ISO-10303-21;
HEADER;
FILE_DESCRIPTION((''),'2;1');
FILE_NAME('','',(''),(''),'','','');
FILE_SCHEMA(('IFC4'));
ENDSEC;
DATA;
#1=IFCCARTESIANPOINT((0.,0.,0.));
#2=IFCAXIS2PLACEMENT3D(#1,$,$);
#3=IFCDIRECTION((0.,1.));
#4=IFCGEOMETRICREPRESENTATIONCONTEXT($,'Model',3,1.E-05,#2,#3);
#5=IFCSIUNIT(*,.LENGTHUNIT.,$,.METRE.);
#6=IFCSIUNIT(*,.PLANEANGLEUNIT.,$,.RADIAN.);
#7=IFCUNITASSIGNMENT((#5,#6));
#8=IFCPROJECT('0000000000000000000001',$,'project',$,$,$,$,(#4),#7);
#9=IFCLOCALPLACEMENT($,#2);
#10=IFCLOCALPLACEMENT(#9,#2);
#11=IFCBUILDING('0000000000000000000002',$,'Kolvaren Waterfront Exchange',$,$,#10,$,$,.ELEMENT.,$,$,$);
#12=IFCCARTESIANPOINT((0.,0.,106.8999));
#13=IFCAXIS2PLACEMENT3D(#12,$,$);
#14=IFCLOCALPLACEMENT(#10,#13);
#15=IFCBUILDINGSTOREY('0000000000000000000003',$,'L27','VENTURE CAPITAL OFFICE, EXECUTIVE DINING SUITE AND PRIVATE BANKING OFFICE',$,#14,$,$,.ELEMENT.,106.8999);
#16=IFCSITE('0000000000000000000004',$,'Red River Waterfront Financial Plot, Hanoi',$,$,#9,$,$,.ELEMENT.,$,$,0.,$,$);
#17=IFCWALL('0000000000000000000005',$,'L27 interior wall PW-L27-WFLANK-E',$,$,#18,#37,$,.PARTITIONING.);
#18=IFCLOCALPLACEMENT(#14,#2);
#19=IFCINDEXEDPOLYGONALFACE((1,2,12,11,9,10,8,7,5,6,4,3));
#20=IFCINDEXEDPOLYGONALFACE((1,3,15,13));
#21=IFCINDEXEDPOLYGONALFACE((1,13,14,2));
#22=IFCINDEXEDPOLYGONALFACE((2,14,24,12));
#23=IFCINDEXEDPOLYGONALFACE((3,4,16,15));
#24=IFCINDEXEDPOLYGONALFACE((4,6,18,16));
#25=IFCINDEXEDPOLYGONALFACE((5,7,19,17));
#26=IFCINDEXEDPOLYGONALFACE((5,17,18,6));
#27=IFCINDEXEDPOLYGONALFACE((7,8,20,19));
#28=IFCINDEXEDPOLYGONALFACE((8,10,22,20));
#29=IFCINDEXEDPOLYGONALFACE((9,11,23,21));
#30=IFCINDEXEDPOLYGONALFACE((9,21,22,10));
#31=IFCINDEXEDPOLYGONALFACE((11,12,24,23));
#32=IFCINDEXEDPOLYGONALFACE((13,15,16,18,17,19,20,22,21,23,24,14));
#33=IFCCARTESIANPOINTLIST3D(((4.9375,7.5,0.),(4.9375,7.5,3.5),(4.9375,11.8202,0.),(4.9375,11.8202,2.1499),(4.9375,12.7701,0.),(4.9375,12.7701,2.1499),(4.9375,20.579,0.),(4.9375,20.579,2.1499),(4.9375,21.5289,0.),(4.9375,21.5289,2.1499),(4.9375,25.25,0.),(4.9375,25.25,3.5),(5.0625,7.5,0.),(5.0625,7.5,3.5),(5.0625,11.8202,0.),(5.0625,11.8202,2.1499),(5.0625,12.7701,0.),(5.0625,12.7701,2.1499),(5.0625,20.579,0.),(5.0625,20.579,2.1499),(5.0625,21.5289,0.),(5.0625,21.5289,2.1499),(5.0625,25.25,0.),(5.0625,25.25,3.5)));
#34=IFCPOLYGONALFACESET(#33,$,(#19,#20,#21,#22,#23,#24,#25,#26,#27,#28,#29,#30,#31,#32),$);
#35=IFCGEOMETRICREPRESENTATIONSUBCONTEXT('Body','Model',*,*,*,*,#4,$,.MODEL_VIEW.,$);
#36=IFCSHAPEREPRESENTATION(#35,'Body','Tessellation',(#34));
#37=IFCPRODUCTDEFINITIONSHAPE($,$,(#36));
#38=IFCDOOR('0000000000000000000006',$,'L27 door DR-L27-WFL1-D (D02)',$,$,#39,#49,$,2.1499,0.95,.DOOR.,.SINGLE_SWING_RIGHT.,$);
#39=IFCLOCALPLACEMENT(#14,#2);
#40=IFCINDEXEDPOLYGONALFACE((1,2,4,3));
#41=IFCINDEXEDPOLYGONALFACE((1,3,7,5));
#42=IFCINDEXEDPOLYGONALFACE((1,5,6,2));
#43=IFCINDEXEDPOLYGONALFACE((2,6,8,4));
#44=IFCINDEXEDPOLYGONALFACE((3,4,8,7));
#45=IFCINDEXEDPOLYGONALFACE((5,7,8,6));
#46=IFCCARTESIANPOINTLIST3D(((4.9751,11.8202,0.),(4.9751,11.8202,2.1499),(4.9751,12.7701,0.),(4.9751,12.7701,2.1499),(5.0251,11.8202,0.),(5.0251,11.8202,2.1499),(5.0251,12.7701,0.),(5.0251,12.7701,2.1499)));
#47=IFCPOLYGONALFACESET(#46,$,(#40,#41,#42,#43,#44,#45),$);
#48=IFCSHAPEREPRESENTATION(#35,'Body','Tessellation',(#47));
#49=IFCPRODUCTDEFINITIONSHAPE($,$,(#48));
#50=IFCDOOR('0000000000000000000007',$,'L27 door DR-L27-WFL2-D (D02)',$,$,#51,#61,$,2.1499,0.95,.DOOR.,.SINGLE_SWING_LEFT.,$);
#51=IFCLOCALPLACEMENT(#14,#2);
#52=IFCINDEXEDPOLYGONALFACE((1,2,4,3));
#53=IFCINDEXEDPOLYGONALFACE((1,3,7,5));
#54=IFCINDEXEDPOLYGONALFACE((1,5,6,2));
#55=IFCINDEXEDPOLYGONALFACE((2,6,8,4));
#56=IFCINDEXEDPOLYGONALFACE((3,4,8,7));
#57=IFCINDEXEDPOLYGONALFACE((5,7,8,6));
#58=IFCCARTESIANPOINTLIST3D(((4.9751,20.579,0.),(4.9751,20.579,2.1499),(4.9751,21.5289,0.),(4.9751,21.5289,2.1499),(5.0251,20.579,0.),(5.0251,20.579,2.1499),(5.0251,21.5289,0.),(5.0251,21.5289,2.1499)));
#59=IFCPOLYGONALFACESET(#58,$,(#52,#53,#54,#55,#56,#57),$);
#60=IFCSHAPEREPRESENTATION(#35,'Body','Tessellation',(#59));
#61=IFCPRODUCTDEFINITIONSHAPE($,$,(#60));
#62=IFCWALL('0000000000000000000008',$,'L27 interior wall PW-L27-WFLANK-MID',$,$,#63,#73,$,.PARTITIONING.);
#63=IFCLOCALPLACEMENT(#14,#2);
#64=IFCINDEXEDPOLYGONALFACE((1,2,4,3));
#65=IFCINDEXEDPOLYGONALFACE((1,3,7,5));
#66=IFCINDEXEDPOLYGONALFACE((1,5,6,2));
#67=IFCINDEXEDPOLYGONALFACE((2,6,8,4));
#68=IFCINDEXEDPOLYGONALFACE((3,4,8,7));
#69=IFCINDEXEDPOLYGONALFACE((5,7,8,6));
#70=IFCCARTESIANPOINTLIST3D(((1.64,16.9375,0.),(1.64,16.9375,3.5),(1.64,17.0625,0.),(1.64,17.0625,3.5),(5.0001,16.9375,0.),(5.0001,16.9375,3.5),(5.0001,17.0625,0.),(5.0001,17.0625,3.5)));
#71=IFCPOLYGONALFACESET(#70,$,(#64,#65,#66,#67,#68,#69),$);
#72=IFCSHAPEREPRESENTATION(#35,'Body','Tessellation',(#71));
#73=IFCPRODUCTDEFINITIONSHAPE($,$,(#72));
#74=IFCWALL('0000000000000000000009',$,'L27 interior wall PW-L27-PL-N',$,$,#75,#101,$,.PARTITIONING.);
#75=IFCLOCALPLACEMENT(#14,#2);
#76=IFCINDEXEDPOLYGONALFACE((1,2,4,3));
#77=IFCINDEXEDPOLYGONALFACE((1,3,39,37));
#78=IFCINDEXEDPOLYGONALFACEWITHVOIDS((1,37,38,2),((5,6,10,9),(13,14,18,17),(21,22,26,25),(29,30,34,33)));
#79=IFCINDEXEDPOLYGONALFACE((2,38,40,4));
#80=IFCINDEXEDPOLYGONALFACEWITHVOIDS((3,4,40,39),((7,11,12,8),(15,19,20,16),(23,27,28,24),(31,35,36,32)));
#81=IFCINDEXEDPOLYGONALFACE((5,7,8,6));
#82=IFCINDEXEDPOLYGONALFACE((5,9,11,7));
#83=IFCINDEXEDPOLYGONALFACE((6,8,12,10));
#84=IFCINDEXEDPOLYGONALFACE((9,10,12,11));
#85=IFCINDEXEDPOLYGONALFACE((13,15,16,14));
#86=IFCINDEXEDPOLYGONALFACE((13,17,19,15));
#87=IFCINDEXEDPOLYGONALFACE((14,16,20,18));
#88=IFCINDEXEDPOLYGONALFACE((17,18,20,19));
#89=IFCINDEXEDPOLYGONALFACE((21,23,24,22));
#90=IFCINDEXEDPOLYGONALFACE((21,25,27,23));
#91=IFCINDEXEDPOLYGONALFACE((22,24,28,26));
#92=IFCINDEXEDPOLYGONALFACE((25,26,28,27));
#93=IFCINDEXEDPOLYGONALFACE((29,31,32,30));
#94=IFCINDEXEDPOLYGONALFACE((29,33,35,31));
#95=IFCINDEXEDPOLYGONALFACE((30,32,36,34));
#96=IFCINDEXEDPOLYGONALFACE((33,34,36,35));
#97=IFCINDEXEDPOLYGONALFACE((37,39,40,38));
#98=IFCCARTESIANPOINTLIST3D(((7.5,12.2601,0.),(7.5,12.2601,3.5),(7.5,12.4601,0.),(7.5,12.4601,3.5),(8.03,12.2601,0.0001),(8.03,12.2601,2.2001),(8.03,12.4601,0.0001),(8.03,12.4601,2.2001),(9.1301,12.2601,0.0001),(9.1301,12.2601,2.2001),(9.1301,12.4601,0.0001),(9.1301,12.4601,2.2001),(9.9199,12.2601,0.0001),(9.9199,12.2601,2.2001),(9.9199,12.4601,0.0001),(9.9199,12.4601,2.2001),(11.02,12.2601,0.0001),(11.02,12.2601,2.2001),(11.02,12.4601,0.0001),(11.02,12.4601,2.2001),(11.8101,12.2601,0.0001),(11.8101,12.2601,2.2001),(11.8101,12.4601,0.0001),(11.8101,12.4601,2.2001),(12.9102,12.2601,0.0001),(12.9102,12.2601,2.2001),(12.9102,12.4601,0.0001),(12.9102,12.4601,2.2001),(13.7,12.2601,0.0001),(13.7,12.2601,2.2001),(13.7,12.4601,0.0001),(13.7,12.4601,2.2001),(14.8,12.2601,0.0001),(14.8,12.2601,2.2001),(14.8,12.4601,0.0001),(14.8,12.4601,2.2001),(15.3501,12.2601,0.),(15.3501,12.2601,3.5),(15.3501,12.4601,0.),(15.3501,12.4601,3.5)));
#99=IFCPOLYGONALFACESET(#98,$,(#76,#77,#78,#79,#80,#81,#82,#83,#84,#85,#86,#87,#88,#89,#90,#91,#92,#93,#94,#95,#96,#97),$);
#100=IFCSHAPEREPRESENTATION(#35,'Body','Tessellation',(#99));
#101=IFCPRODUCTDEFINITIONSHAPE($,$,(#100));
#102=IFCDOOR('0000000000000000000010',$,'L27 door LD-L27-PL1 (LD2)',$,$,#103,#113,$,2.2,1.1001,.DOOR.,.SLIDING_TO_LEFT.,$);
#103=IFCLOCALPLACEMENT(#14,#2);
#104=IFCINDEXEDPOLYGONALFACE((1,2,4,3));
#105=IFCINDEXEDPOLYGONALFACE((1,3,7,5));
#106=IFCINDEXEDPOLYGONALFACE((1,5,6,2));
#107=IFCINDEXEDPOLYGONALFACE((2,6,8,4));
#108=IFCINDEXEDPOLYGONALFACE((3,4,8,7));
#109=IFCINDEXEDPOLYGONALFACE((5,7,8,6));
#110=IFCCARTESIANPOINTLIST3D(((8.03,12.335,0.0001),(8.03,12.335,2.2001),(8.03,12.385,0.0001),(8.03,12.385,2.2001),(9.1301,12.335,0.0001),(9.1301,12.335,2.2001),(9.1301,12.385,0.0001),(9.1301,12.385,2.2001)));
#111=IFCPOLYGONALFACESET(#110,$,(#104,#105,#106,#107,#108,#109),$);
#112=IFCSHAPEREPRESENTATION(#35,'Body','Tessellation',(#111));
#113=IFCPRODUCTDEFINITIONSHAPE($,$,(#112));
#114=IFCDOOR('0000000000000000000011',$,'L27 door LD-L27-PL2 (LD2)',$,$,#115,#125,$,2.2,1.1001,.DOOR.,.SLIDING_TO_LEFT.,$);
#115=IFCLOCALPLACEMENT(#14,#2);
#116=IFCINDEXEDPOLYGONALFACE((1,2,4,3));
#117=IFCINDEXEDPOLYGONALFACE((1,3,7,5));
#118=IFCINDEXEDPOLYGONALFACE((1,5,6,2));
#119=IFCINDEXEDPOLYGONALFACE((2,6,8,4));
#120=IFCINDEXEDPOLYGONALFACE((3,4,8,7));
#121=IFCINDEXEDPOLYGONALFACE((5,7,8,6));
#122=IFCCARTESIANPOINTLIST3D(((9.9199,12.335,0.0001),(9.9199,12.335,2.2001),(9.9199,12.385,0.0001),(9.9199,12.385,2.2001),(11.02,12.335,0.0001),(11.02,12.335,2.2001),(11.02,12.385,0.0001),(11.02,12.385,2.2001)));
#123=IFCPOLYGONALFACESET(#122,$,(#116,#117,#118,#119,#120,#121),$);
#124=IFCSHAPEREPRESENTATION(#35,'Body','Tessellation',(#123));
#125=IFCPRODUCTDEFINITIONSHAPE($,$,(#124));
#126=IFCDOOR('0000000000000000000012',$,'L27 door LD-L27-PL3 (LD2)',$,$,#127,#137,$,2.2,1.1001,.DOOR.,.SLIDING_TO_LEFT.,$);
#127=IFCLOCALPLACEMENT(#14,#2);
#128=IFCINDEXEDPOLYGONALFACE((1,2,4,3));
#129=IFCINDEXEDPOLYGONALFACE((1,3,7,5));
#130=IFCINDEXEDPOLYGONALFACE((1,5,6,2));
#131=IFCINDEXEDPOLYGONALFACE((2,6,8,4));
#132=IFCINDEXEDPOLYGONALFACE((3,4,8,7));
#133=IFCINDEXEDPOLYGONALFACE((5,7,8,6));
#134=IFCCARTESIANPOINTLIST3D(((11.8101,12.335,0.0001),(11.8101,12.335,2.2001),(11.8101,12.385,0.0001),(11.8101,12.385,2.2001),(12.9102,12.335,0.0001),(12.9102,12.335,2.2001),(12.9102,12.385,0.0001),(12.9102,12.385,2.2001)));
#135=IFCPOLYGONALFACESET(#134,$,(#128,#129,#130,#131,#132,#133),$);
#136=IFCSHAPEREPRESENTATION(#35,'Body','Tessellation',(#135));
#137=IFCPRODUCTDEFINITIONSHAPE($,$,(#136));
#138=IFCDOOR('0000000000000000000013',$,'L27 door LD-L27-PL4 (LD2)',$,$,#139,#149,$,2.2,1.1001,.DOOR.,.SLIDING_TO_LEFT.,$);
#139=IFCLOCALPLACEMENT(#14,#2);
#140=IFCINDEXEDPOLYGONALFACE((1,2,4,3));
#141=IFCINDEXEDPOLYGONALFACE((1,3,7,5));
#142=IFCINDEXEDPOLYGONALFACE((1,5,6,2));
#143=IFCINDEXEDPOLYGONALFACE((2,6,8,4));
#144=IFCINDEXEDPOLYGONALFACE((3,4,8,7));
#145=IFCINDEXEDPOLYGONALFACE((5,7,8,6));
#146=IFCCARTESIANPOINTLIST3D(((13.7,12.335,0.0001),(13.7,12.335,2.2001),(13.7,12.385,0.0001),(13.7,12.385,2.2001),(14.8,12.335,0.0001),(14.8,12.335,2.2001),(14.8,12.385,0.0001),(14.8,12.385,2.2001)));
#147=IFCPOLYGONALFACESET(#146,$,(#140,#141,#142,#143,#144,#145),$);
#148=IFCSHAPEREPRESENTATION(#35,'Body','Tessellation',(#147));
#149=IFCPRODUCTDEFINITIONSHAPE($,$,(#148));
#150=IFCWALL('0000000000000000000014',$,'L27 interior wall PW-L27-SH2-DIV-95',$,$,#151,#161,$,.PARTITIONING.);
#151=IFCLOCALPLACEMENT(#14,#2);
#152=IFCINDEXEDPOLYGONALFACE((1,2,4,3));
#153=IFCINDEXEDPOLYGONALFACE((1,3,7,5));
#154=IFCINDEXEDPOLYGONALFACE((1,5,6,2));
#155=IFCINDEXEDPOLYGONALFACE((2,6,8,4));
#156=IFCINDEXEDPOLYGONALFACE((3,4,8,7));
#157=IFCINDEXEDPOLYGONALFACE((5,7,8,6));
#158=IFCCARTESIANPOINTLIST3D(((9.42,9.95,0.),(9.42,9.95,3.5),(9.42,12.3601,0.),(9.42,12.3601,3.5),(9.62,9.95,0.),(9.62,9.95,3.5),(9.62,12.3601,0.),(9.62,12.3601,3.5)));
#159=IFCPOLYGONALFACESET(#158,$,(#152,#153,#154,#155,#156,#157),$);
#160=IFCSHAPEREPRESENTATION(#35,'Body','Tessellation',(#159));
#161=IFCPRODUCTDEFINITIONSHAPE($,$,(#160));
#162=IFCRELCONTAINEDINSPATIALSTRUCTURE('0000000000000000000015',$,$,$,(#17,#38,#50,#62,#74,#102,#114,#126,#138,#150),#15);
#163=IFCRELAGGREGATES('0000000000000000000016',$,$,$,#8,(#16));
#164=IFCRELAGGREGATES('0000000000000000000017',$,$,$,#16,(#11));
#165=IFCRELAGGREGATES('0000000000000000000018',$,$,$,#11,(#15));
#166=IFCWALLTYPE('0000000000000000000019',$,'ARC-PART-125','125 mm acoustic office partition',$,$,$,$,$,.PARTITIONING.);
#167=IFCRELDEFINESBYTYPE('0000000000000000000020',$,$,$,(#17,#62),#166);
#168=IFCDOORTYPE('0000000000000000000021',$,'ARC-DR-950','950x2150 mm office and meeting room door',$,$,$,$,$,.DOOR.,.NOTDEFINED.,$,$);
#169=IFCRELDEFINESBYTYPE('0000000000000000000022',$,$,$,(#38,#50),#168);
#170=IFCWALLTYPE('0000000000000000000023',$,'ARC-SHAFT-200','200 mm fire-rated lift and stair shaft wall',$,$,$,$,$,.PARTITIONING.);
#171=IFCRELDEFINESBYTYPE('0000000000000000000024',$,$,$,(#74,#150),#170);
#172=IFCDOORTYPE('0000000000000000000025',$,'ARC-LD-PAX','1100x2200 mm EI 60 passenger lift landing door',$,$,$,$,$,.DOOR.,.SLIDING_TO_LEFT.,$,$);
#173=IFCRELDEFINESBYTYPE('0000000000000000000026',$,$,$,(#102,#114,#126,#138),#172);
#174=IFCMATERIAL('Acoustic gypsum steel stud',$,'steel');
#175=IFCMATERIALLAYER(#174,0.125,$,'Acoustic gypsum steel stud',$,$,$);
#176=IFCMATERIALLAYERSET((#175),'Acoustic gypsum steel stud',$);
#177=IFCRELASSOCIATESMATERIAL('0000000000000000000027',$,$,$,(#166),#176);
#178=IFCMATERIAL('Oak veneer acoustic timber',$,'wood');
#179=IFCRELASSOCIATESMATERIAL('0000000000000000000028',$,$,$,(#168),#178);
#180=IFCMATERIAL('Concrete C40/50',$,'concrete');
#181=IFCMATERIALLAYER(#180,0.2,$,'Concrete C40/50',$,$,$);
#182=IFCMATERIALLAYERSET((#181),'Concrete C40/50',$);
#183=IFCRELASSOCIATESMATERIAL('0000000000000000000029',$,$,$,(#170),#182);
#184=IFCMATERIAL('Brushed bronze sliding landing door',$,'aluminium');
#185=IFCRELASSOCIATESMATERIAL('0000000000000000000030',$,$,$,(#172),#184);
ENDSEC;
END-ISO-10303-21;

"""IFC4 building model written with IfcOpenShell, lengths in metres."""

from ifc_helpers import new_model, si_unit, direction, frame, frame_2d, origin, place, context, subcontext, project, spatial, rectangle, extrude, material, layer, layer_set, type_object, element, fill, save


model = new_model("IFC4")

# Units and contexts
model_context = context("Model", 3, precision=1e-05, world=origin(), true_north=direction((0.0, 1.0)))
body_context = subcontext(model_context, "Body", "Model", "MODEL_VIEW")
ifc_project = project(units=[si_unit("LENGTHUNIT", "METRE"), si_unit("PLANEANGLEUNIT", "RADIAN")], contexts=[model_context])

# Site, building, storey
site_placement = place(None, origin())
site = spatial("IfcSite", under=ifc_project, at=site_placement, Name="Red River Waterfront Financial Plot, Hanoi", CompositionType="ELEMENT", RefElevation=0.0)
building_placement = place(site_placement, origin())
building = spatial("IfcBuilding", under=site, at=building_placement, Name="Kolvaren Waterfront Exchange", CompositionType="ELEMENT")
storey_placement = place(building_placement, frame((0.0, 0.0, 106.8999)))
storey = spatial("IfcBuildingStorey", under=building, at=storey_placement, Name="L27", Description="VENTURE CAPITAL OFFICE, EXECUTIVE DINING SUITE AND PRIVATE BANKING OFFICE", CompositionType="ELEMENT", Elevation=106.8999)

# Wall, openings, doors
ifc_material_1 = material(Name="Acoustic gypsum steel stud", Category="steel")
ifc_layer_1 = layer(ifc_material_1, 0.125, Name="Acoustic gypsum steel stud")
ifc_layer_set_1 = layer_set([ifc_layer_1], Name="Acoustic gypsum steel stud")
wall_type_1 = type_object("IfcWallType", Name="ARC-PART-125", Description="125 mm acoustic office partition", PredefinedType="PARTITIONING", material=ifc_layer_set_1)
wall_1_placement = place(storey_placement, frame((5.0, 7.5, 0.0), z_axis=(0.0, 0.0, 1.0), x_axis=(0.0, 1.0, 0.0)))
wall_1 = element("IfcWall", 1, at=wall_1_placement, inside=storey, type_object=wall_type_1, Name="L27 interior wall PW-L27-WFLANK-E", PredefinedType="PARTITIONING", context=body_context, shape_type="SweptSolid", body=[
    extrude(rectangle(XDim=17.75, YDim=0.125, at=frame_2d((8.875, 0.0))), origin(), (0.0, 0.0, 1.0), 3.5),
])
opening_1_placement = place(wall_1_placement, frame((4.3201, 0.0, 0.0)))
opening_1 = element("IfcOpeningElement", 2, at=opening_1_placement, cuts=wall_1, PredefinedType="OPENING", context=body_context, shape_type="SweptSolid", body=[
    extrude(rectangle(XDim=0.95, YDim=2.1499, at=frame_2d((0.4751, 1.075))), frame((0.0, 0.0725, 0.0), z_axis=(0.0, -1.0, 0.0), x_axis=(1.0, 0.0, 0.0)), (0.0, 0.0, 1.0), 0.145),
])
opening_2_placement = place(wall_1_placement, frame((13.0789, 0.0, 0.0)))
opening_2 = element("IfcOpeningElement", 3, at=opening_2_placement, cuts=wall_1, PredefinedType="OPENING", context=body_context, shape_type="SweptSolid", body=[
    extrude(rectangle(XDim=0.95, YDim=2.1499, at=frame_2d((0.4751, 1.075))), frame((0.0, 0.0725, 0.0), z_axis=(0.0, -1.0, 0.0), x_axis=(1.0, 0.0, 0.0)), (0.0, 0.0, 1.0), 0.145),
])
ifc_material_2 = material(Name="Oak veneer acoustic timber", Category="wood")
door_type_1 = type_object("IfcDoorType", Name="ARC-DR-950", Description="950x2150 mm office and meeting room door", OperationType="NOTDEFINED", PredefinedType="DOOR", material=ifc_material_2)
door_1_placement = place(opening_1_placement, origin())
door_1 = element("IfcDoor", 4, at=door_1_placement, inside=storey, type_object=door_type_1, Name="L27 door DR-L27-WFL1-D (D02)", OperationType="SINGLE_SWING_RIGHT", OverallHeight=2.1499, OverallWidth=0.95, PredefinedType="DOOR", context=body_context, shape_type="SweptSolid", body=[
    extrude(rectangle(XDim=0.95, YDim=2.1499, at=frame_2d((0.4751, 1.075))), frame((0.0, 0.0249, 0.0), z_axis=(0.0, -1.0, 0.0), x_axis=(1.0, 0.0, 0.0)), (0.0, 0.0, 1.0), 0.05),
])
fill(opening_1, door_1)
door_2_placement = place(opening_2_placement, origin())
door_2 = element("IfcDoor", 5, at=door_2_placement, inside=storey, type_object=door_type_1, Name="L27 door DR-L27-WFL2-D (D02)", OperationType="SINGLE_SWING_LEFT", OverallHeight=2.1499, OverallWidth=0.95, PredefinedType="DOOR", context=body_context, shape_type="SweptSolid", body=[
    extrude(rectangle(XDim=0.95, YDim=2.1499, at=frame_2d((0.4751, 1.075))), frame((0.0, 0.0249, 0.0), z_axis=(0.0, -1.0, 0.0), x_axis=(1.0, 0.0, 0.0)), (0.0, 0.0, 1.0), 0.05),
])
fill(opening_2, door_2)

# Wall
wall_2_placement = place(storey_placement, frame((1.6399, 17.0, 0.0), z_axis=(0.0, 0.0, 1.0), x_axis=(1.0, 0.0, 0.0)))
element("IfcWall", 6, at=wall_2_placement, inside=storey, type_object=wall_type_1, Name="L27 interior wall PW-L27-WFLANK-MID", PredefinedType="PARTITIONING", context=body_context, shape_type="SweptSolid", body=[
    extrude(rectangle(XDim=3.3601, YDim=0.125, at=frame_2d((1.6802, 0.0))), origin(), (0.0, 0.0, 1.0), 3.5),
])

# Wall, openings, doors
ifc_material_3 = material(Name="Concrete C40/50", Category="concrete")
ifc_layer_2 = layer(ifc_material_3, 0.2, Name="Concrete C40/50")
ifc_layer_set_2 = layer_set([ifc_layer_2], Name="Concrete C40/50")
wall_type_2 = type_object("IfcWallType", Name="ARC-SHAFT-200", Description="200 mm fire-rated lift and stair shaft wall", PredefinedType="PARTITIONING", material=ifc_layer_set_2)
wall_3_placement = place(storey_placement, frame((7.5, 12.3601, 0.0), z_axis=(0.0, 0.0, 1.0), x_axis=(1.0, 0.0, 0.0)))
wall_3 = element("IfcWall", 7, at=wall_3_placement, inside=storey, type_object=wall_type_2, Name="L27 interior wall PW-L27-PL-N", PredefinedType="PARTITIONING", context=body_context, shape_type="SweptSolid", body=[
    extrude(rectangle(XDim=7.8501, YDim=0.2, at=frame_2d((3.925, 0.0))), origin(), (0.0, 0.0, 1.0), 3.5),
])
opening_3_placement = place(wall_3_placement, frame((0.53, 0.0, 0.0)))
opening_3 = element("IfcOpeningElement", 8, at=opening_3_placement, cuts=wall_3, PredefinedType="OPENING", context=body_context, shape_type="SweptSolid", body=[
    extrude(rectangle(XDim=1.1001, YDim=2.2, at=frame_2d((0.55, 1.1001))), frame((0.0, 0.1099, 0.0), z_axis=(0.0, -1.0, 0.0), x_axis=(1.0, 0.0, 0.0)), (0.0, 0.0, 1.0), 0.22),
])
opening_4_placement = place(wall_3_placement, frame((2.4199, 0.0, 0.0)))
opening_4 = element("IfcOpeningElement", 9, at=opening_4_placement, cuts=wall_3, PredefinedType="OPENING", context=body_context, shape_type="SweptSolid", body=[
    extrude(rectangle(XDim=1.1001, YDim=2.2, at=frame_2d((0.55, 1.1001))), frame((0.0, 0.1099, 0.0), z_axis=(0.0, -1.0, 0.0), x_axis=(1.0, 0.0, 0.0)), (0.0, 0.0, 1.0), 0.22),
])
opening_5_placement = place(wall_3_placement, frame((4.3101, 0.0, 0.0)))
opening_5 = element("IfcOpeningElement", 10, at=opening_5_placement, cuts=wall_3, PredefinedType="OPENING", context=body_context, shape_type="SweptSolid", body=[
    extrude(rectangle(XDim=1.1001, YDim=2.2, at=frame_2d((0.55, 1.1001))), frame((0.0, 0.1099, 0.0), z_axis=(0.0, -1.0, 0.0), x_axis=(1.0, 0.0, 0.0)), (0.0, 0.0, 1.0), 0.22),
])
opening_6_placement = place(wall_3_placement, frame((6.2, 0.0, 0.0)))
opening_6 = element("IfcOpeningElement", 11, at=opening_6_placement, cuts=wall_3, PredefinedType="OPENING", context=body_context, shape_type="SweptSolid", body=[
    extrude(rectangle(XDim=1.1001, YDim=2.2, at=frame_2d((0.55, 1.1001))), frame((0.0, 0.1099, 0.0), z_axis=(0.0, -1.0, 0.0), x_axis=(1.0, 0.0, 0.0)), (0.0, 0.0, 1.0), 0.22),
])
ifc_material_4 = material(Name="Brushed bronze sliding landing door", Category="aluminium")
door_type_2 = type_object("IfcDoorType", Name="ARC-LD-PAX", Description="1100x2200 mm EI 60 passenger lift landing door", OperationType="SLIDING_TO_LEFT", PredefinedType="DOOR", material=ifc_material_4)
door_3_placement = place(opening_3_placement, origin())
door_3 = element("IfcDoor", 12, at=door_3_placement, inside=storey, type_object=door_type_2, Name="L27 door LD-L27-PL1 (LD2)", OperationType="SLIDING_TO_LEFT", OverallHeight=2.2, OverallWidth=1.1001, PredefinedType="DOOR", context=body_context, shape_type="SweptSolid", body=[
    extrude(rectangle(XDim=1.1001, YDim=2.2, at=frame_2d((0.55, 1.1001))), frame((0.0, 0.0249, 0.0), z_axis=(0.0, -1.0, 0.0), x_axis=(1.0, 0.0, 0.0)), (0.0, 0.0, 1.0), 0.05),
])
fill(opening_3, door_3)
door_4_placement = place(opening_4_placement, origin())
door_4 = element("IfcDoor", 13, at=door_4_placement, inside=storey, type_object=door_type_2, Name="L27 door LD-L27-PL2 (LD2)", OperationType="SLIDING_TO_LEFT", OverallHeight=2.2, OverallWidth=1.1001, PredefinedType="DOOR", context=body_context, shape_type="SweptSolid", body=[
    extrude(rectangle(XDim=1.1001, YDim=2.2, at=frame_2d((0.55, 1.1001))), frame((0.0, 0.0249, 0.0), z_axis=(0.0, -1.0, 0.0), x_axis=(1.0, 0.0, 0.0)), (0.0, 0.0, 1.0), 0.05),
])
fill(opening_4, door_4)
door_5_placement = place(opening_5_placement, origin())
door_5 = element("IfcDoor", 14, at=door_5_placement, inside=storey, type_object=door_type_2, Name="L27 door LD-L27-PL3 (LD2)", OperationType="SLIDING_TO_LEFT", OverallHeight=2.2, OverallWidth=1.1001, PredefinedType="DOOR", context=body_context, shape_type="SweptSolid", body=[
    extrude(rectangle(XDim=1.1001, YDim=2.2, at=frame_2d((0.55, 1.1001))), frame((0.0, 0.0249, 0.0), z_axis=(0.0, -1.0, 0.0), x_axis=(1.0, 0.0, 0.0)), (0.0, 0.0, 1.0), 0.05),
])
fill(opening_5, door_5)
door_6_placement = place(opening_6_placement, origin())
door_6 = element("IfcDoor", 15, at=door_6_placement, inside=storey, type_object=door_type_2, Name="L27 door LD-L27-PL4 (LD2)", OperationType="SLIDING_TO_LEFT", OverallHeight=2.2, OverallWidth=1.1001, PredefinedType="DOOR", context=body_context, shape_type="SweptSolid", body=[
    extrude(rectangle(XDim=1.1001, YDim=2.2, at=frame_2d((0.55, 1.1001))), frame((0.0, 0.0249, 0.0), z_axis=(0.0, -1.0, 0.0), x_axis=(1.0, 0.0, 0.0)), (0.0, 0.0, 1.0), 0.05),
])
fill(opening_6, door_6)

# Wall
wall_4_placement = place(storey_placement, frame((9.52, 9.95, 0.0), z_axis=(0.0, 0.0, 1.0), x_axis=(0.0, 1.0, 0.0)))
element("IfcWall", 16, at=wall_4_placement, inside=storey, type_object=wall_type_2, Name="L27 interior wall PW-L27-SH2-DIV-95", PredefinedType="PARTITIONING", context=body_context, shape_type="SweptSolid", body=[
    extrude(rectangle(XDim=2.4102, YDim=0.2, at=frame_2d((1.2051, 0.0))), origin(), (0.0, 0.0, 1.0), 3.5),
])

save(model, "model.ifc")
